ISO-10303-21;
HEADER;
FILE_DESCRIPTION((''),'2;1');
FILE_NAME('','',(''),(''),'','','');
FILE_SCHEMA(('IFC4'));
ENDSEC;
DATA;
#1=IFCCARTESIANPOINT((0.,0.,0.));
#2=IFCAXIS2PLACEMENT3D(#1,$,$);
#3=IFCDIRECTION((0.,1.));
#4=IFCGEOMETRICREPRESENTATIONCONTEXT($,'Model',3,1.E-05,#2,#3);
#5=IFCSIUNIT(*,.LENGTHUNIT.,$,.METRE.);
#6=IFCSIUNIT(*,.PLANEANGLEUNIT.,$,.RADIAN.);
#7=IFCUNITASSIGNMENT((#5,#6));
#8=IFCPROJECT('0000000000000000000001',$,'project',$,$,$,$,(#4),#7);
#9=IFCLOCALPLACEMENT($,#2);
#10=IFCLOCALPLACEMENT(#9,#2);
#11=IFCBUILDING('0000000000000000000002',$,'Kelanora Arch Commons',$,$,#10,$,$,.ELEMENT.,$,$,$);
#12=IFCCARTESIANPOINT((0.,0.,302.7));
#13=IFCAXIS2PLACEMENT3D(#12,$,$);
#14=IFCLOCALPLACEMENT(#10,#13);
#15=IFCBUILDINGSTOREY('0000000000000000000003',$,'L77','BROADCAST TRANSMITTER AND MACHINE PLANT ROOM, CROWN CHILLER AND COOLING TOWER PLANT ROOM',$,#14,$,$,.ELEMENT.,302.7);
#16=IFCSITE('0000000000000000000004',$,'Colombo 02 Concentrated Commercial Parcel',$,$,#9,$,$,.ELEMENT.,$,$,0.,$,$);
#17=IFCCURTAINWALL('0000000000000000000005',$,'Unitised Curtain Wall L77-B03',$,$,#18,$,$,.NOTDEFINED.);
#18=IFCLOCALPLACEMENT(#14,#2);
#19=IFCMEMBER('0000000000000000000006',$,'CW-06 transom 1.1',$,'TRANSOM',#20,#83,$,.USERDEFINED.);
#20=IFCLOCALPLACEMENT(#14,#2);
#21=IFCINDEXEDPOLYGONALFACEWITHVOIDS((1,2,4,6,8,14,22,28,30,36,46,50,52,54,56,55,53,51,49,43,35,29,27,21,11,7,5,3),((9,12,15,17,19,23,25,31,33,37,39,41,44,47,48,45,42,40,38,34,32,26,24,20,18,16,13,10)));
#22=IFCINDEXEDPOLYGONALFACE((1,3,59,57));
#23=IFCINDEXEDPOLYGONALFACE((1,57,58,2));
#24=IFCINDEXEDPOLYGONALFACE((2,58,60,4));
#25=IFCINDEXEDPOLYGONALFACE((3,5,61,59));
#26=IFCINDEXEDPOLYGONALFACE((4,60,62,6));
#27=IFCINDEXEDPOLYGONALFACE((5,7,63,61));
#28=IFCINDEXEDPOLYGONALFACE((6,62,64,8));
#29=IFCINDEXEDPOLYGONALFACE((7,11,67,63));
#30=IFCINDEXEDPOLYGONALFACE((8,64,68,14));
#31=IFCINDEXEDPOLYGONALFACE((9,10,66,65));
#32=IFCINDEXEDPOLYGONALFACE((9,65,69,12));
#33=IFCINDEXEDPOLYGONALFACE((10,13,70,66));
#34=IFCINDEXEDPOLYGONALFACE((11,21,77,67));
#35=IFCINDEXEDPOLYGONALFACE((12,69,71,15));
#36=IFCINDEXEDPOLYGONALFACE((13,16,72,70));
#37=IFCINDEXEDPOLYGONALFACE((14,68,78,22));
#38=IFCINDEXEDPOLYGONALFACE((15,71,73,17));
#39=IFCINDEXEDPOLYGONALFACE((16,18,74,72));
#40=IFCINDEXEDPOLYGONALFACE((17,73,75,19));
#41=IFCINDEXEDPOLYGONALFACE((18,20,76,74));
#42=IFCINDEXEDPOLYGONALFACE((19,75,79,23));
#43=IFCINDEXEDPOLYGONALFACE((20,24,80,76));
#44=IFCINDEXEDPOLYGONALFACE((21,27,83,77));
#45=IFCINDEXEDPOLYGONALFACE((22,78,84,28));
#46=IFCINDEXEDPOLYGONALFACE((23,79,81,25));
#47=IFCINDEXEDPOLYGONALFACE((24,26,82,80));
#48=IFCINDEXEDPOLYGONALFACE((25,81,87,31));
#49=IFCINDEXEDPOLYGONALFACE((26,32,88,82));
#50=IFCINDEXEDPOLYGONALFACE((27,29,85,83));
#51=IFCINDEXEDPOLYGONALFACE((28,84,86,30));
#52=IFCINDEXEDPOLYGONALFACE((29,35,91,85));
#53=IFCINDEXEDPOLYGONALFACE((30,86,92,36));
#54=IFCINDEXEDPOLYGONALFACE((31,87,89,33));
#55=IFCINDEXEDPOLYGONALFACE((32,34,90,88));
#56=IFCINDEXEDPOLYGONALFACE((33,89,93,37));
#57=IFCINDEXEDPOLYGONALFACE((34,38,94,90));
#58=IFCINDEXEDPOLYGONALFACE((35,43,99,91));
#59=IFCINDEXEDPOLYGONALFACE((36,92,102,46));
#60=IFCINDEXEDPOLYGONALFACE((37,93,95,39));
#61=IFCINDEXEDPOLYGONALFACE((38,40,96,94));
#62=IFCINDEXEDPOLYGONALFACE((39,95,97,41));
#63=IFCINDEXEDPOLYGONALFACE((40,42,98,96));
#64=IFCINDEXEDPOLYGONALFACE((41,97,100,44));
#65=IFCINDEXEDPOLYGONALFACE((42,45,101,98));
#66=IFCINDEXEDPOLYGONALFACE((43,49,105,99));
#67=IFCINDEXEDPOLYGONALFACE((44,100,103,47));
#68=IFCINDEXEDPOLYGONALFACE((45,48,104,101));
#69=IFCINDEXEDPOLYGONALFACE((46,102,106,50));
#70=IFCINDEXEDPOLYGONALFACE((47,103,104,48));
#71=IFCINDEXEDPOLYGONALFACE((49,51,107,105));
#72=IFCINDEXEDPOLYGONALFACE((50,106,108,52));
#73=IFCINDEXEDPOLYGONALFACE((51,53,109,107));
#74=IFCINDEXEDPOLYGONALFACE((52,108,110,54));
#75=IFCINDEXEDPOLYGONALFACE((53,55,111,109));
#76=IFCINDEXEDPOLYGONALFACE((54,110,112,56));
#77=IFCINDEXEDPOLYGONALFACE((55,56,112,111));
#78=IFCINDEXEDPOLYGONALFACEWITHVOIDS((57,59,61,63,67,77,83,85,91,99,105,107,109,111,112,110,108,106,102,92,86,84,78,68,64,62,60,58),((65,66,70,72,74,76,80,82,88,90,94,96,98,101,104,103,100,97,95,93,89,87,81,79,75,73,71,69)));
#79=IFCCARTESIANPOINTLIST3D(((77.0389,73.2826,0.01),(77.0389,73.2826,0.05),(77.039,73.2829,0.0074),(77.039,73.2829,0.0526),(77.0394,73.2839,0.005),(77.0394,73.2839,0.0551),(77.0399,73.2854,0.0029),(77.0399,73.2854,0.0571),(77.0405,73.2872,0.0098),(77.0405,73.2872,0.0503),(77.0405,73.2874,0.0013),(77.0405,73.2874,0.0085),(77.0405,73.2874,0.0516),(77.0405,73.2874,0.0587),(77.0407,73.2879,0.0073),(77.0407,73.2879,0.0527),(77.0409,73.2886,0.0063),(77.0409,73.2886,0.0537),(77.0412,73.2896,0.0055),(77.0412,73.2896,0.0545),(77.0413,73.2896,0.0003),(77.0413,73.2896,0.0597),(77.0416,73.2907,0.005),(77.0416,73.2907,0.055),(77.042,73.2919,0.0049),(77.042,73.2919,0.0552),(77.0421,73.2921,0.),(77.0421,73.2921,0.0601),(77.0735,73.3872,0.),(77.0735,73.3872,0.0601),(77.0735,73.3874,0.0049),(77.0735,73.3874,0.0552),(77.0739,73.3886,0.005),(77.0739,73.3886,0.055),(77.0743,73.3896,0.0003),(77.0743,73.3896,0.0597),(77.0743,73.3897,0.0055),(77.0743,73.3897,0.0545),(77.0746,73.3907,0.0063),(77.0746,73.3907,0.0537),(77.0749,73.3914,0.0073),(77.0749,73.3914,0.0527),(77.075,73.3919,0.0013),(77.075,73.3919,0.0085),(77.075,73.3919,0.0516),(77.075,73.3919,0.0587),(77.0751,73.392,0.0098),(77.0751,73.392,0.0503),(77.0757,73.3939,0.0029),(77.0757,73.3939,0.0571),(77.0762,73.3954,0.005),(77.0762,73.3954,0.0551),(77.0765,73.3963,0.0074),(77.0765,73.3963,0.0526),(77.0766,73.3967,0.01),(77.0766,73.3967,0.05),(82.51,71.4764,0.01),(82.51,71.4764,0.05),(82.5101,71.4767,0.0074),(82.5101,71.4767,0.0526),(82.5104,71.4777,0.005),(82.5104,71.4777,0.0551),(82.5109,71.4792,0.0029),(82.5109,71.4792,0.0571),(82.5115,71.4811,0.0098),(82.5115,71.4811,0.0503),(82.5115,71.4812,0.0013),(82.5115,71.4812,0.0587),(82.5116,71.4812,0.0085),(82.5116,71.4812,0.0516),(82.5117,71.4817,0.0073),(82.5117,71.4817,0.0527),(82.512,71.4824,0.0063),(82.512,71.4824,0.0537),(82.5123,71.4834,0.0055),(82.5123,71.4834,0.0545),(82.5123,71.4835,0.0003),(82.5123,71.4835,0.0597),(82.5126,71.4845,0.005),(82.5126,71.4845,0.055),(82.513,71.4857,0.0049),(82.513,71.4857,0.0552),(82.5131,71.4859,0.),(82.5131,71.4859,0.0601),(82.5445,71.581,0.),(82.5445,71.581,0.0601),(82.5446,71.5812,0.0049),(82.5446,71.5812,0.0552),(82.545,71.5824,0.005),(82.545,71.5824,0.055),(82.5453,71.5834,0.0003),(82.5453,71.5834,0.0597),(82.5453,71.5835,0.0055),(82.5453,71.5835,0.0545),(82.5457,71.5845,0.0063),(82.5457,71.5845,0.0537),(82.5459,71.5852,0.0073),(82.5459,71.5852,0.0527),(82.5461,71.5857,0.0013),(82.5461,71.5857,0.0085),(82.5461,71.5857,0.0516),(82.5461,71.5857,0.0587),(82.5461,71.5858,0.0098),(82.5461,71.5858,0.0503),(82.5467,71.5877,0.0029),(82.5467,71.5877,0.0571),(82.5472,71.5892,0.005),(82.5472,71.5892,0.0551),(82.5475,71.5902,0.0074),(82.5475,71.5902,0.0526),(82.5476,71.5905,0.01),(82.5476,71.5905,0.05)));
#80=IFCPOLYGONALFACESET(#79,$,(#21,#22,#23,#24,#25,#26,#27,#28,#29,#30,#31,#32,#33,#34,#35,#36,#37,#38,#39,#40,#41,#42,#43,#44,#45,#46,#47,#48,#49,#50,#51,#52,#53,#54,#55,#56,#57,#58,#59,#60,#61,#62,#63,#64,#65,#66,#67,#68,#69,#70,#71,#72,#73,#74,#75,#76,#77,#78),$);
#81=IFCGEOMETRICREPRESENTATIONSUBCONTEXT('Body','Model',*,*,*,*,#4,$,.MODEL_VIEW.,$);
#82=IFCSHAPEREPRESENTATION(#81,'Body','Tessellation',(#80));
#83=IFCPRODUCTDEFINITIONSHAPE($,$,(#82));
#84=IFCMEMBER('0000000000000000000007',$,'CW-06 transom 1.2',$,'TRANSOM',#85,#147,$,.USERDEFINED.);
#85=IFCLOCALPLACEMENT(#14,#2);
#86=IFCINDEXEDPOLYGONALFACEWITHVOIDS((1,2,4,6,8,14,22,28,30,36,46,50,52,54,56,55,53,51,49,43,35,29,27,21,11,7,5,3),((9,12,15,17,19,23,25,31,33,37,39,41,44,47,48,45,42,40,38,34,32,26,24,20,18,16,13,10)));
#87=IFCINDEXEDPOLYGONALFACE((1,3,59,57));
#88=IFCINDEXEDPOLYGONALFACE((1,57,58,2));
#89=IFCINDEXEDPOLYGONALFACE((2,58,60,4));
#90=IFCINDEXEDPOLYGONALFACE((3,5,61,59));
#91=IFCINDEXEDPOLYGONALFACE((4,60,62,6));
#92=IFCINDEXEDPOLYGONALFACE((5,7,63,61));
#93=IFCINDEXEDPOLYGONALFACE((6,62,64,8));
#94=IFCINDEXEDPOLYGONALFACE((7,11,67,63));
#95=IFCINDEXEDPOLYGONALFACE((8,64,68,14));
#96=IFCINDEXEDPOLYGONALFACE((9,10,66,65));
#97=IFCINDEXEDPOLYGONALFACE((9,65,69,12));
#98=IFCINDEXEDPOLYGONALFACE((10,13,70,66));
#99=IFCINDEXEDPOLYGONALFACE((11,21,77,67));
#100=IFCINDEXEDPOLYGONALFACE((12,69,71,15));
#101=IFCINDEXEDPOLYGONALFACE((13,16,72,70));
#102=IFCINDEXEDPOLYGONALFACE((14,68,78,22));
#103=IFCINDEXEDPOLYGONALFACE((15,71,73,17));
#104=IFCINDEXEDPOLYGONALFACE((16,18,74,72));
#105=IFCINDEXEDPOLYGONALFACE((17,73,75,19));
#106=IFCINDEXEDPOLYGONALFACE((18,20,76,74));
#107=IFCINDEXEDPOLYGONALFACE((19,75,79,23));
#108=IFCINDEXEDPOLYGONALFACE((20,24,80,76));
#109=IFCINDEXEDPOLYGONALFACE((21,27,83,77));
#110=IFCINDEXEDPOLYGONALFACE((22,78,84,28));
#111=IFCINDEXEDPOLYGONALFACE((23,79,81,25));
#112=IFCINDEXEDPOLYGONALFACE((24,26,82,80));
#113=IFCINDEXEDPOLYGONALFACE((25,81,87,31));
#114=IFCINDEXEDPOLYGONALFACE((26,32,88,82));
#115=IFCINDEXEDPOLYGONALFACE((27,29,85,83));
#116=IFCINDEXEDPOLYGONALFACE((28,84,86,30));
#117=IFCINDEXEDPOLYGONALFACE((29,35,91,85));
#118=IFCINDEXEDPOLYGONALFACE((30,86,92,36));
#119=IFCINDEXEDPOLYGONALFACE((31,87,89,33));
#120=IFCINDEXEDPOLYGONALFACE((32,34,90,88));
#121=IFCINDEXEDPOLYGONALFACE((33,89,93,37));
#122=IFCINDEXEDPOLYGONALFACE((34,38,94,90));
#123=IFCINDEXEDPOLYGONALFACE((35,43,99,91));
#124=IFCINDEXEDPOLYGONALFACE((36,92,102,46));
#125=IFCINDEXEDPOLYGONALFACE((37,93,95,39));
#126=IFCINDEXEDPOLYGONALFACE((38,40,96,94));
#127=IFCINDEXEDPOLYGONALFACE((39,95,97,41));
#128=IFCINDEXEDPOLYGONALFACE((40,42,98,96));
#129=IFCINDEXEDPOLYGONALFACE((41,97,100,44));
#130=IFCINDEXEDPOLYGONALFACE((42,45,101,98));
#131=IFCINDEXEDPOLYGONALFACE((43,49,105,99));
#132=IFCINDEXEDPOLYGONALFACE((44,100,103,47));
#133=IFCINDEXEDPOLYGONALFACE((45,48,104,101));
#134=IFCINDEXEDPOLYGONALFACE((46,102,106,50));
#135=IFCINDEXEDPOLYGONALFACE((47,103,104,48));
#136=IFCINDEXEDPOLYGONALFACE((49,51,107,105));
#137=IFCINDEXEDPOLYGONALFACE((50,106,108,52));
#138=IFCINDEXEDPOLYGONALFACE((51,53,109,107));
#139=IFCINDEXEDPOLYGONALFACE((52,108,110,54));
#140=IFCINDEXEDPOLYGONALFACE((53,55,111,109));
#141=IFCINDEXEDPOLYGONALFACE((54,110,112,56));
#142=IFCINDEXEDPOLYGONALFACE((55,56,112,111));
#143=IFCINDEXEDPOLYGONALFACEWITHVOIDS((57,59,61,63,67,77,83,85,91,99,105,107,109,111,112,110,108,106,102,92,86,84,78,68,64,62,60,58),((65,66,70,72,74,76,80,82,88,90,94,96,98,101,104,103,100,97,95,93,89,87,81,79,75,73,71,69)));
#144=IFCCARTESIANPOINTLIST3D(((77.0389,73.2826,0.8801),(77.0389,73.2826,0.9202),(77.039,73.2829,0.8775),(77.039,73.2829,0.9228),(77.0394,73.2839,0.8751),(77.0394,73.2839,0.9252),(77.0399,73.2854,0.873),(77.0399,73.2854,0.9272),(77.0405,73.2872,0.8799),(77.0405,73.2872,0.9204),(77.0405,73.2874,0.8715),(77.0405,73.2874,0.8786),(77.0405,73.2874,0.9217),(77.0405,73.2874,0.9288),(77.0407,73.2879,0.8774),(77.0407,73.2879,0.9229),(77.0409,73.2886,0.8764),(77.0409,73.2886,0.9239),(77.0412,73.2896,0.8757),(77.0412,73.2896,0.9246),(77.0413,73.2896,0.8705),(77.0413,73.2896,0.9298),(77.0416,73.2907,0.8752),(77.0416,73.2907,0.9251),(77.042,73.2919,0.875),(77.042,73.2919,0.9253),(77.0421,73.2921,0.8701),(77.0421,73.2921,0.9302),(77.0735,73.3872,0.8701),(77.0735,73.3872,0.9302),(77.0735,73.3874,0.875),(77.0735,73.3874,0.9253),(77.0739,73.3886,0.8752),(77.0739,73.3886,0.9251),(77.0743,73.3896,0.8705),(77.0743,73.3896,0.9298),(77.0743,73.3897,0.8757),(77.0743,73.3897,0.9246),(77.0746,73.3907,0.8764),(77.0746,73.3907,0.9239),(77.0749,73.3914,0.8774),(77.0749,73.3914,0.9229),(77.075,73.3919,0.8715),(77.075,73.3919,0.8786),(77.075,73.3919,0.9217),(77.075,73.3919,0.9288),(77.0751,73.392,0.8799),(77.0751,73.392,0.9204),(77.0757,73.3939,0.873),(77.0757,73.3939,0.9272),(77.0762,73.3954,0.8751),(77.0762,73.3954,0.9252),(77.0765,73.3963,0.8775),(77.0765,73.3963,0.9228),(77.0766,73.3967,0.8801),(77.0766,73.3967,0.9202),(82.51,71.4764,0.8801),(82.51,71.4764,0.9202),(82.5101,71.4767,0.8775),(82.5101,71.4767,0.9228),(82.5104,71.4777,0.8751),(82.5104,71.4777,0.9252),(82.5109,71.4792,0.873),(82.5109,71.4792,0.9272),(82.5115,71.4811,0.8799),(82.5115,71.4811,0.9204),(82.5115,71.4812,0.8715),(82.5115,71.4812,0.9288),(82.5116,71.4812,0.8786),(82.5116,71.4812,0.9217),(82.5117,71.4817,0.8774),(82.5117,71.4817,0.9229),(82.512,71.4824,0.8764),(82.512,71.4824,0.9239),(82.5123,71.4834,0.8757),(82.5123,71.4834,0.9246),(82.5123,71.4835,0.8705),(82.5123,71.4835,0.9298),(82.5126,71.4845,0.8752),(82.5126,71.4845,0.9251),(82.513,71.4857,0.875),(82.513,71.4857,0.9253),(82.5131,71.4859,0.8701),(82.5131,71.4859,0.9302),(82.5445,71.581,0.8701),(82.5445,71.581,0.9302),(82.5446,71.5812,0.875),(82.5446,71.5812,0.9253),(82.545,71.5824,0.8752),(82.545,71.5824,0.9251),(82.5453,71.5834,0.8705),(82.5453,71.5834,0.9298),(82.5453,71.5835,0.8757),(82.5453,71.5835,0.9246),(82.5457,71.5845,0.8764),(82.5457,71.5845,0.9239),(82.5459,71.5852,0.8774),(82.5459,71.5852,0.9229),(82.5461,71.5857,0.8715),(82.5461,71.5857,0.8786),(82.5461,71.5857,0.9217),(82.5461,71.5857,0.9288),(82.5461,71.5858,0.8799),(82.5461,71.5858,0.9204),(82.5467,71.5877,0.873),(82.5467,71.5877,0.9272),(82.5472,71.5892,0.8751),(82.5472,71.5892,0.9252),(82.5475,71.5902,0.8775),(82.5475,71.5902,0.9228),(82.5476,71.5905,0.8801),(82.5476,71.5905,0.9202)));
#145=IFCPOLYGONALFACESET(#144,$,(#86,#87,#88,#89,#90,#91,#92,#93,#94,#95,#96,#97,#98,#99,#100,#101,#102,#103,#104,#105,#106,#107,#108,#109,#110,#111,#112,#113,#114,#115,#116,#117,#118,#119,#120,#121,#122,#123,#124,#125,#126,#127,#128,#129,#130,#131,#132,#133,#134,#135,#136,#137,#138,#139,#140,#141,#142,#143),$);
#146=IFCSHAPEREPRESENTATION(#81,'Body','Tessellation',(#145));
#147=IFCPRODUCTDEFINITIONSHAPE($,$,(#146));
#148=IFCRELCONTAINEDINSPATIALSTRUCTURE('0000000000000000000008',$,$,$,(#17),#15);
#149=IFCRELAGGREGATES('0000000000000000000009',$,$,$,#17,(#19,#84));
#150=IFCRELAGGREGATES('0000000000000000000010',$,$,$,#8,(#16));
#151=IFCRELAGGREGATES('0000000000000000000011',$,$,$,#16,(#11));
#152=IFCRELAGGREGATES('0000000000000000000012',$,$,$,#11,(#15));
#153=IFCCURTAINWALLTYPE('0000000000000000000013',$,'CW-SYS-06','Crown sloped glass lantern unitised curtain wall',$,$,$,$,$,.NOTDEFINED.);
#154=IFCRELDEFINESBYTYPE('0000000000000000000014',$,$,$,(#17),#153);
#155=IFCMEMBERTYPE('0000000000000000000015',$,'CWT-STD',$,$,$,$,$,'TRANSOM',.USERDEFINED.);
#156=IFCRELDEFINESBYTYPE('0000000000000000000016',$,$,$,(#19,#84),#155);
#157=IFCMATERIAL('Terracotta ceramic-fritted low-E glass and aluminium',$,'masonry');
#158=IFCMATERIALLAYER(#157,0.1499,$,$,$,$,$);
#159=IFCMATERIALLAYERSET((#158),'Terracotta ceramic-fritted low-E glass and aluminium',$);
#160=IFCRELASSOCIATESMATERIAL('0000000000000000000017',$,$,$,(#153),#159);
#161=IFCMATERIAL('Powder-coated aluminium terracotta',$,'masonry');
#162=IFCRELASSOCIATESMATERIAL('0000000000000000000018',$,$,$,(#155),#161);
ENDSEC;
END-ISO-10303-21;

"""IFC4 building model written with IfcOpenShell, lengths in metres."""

from ifc_helpers import new_model, si_unit, direction, frame, origin, origin_2d, place, context, subcontext, project, spatial, hollow_rectangle, extrude, material, layer, layer_set, material_profile, profile_set, type_object, element, aggregate, save


model = new_model("IFC4")

# Units and contexts
model_context = context("Model", 3, precision=1e-05, world=origin(), true_north=direction((0.0, 1.0)))
body_context = subcontext(model_context, "Body", "Model", "MODEL_VIEW")
ifc_project = project(units=[si_unit("LENGTHUNIT", "METRE"), si_unit("PLANEANGLEUNIT", "RADIAN")], contexts=[model_context])

# Site, building, storey
site_placement = place(None, origin())
site = spatial("IfcSite", under=ifc_project, at=site_placement, Name="Colombo 02 Concentrated Commercial Parcel", CompositionType="ELEMENT", RefElevation=0.0)
building_placement = place(site_placement, origin())
building = spatial("IfcBuilding", under=site, at=building_placement, Name="Kelanora Arch Commons", CompositionType="ELEMENT")
storey_placement = place(building_placement, frame((0.0, 0.0, 302.7)))
storey = spatial("IfcBuildingStorey", under=building, at=storey_placement, Name="L77", Description="BROADCAST TRANSMITTER AND MACHINE PLANT ROOM, CROWN CHILLER AND COOLING TOWER PLANT ROOM", CompositionType="ELEMENT", Elevation=302.7)

# Curtain wall
ifc_material_1 = material(Name="Terracotta ceramic-fritted low-E glass and aluminium", Category="masonry")
ifc_layer_1 = layer(ifc_material_1, 0.1499)
ifc_layer_set_1 = layer_set([ifc_layer_1], Name="Terracotta ceramic-fritted low-E glass and aluminium")
curtain_wall_type = type_object("IfcCurtainWallType", Name="CW-SYS-06", Description="Crown sloped glass lantern unitised curtain wall", PredefinedType="NOTDEFINED", material=ifc_layer_set_1)
curtain_wall_1_placement = place(storey_placement, origin())
curtain_wall_1 = element("IfcCurtainWall", 1, at=curtain_wall_1_placement, inside=storey, type_object=curtain_wall_type, Name="Unitised Curtain Wall L77-B03", PredefinedType="NOTDEFINED")
ifc_material_2 = material(Name="Powder-coated aluminium terracotta", Category="masonry")

# Members
ifc_material_profile_1 = material_profile(ifc_material_2, hollow_rectangle(XDim=0.1201, YDim=0.0601, WallThickness=0.0049, InnerFilletRadius=0.0049, OuterFilletRadius=0.01, at=origin_2d()), Name="CWT120x60")
ifc_profile_set_1 = profile_set([ifc_material_profile_1], Name="Powder-coated aluminium terracotta")
member_type_1 = type_object("IfcMemberType", Name="CWT-STD", ElementType="TRANSOM", PredefinedType="USERDEFINED", material=ifc_profile_set_1)
member_1_placement = place(storey_placement, frame((82.5288, 71.5334, 0.03), z_axis=(-0.94959, 0.313493, 0.0), x_axis=(-0.313493, -0.94959, 0.0)))
member_1 = element("IfcMember", 2, at=member_1_placement, type_object=member_type_1, Name="CW-06 transom 1.1", ObjectType="TRANSOM", PredefinedType="USERDEFINED", context=body_context, shape_type="SweptSolid", body=[
    extrude(hollow_rectangle(XDim=0.1201, YDim=0.0601, WallThickness=0.0049, InnerFilletRadius=0.0049, OuterFilletRadius=0.01, at=origin_2d()), origin(), (0.0, 0.0, 1.0), 5.7615),
])
member_2_placement = place(storey_placement, frame((82.5288, 71.5334, 0.9001), z_axis=(-0.94959, 0.313493, 0.0), x_axis=(-0.313493, -0.94959, 0.0)))
member_2 = element("IfcMember", 3, at=member_2_placement, type_object=member_type_1, Name="CW-06 transom 1.2", ObjectType="TRANSOM", PredefinedType="USERDEFINED", context=body_context, shape_type="SweptSolid", body=[
    extrude(hollow_rectangle(XDim=0.1201, YDim=0.0601, WallThickness=0.0049, InnerFilletRadius=0.0049, OuterFilletRadius=0.01, at=origin_2d()), origin(), (0.0, 0.0, 1.0), 5.7615),
])

aggregate(curtain_wall_1, [member_1, member_2])

save(model, "model.ifc")
